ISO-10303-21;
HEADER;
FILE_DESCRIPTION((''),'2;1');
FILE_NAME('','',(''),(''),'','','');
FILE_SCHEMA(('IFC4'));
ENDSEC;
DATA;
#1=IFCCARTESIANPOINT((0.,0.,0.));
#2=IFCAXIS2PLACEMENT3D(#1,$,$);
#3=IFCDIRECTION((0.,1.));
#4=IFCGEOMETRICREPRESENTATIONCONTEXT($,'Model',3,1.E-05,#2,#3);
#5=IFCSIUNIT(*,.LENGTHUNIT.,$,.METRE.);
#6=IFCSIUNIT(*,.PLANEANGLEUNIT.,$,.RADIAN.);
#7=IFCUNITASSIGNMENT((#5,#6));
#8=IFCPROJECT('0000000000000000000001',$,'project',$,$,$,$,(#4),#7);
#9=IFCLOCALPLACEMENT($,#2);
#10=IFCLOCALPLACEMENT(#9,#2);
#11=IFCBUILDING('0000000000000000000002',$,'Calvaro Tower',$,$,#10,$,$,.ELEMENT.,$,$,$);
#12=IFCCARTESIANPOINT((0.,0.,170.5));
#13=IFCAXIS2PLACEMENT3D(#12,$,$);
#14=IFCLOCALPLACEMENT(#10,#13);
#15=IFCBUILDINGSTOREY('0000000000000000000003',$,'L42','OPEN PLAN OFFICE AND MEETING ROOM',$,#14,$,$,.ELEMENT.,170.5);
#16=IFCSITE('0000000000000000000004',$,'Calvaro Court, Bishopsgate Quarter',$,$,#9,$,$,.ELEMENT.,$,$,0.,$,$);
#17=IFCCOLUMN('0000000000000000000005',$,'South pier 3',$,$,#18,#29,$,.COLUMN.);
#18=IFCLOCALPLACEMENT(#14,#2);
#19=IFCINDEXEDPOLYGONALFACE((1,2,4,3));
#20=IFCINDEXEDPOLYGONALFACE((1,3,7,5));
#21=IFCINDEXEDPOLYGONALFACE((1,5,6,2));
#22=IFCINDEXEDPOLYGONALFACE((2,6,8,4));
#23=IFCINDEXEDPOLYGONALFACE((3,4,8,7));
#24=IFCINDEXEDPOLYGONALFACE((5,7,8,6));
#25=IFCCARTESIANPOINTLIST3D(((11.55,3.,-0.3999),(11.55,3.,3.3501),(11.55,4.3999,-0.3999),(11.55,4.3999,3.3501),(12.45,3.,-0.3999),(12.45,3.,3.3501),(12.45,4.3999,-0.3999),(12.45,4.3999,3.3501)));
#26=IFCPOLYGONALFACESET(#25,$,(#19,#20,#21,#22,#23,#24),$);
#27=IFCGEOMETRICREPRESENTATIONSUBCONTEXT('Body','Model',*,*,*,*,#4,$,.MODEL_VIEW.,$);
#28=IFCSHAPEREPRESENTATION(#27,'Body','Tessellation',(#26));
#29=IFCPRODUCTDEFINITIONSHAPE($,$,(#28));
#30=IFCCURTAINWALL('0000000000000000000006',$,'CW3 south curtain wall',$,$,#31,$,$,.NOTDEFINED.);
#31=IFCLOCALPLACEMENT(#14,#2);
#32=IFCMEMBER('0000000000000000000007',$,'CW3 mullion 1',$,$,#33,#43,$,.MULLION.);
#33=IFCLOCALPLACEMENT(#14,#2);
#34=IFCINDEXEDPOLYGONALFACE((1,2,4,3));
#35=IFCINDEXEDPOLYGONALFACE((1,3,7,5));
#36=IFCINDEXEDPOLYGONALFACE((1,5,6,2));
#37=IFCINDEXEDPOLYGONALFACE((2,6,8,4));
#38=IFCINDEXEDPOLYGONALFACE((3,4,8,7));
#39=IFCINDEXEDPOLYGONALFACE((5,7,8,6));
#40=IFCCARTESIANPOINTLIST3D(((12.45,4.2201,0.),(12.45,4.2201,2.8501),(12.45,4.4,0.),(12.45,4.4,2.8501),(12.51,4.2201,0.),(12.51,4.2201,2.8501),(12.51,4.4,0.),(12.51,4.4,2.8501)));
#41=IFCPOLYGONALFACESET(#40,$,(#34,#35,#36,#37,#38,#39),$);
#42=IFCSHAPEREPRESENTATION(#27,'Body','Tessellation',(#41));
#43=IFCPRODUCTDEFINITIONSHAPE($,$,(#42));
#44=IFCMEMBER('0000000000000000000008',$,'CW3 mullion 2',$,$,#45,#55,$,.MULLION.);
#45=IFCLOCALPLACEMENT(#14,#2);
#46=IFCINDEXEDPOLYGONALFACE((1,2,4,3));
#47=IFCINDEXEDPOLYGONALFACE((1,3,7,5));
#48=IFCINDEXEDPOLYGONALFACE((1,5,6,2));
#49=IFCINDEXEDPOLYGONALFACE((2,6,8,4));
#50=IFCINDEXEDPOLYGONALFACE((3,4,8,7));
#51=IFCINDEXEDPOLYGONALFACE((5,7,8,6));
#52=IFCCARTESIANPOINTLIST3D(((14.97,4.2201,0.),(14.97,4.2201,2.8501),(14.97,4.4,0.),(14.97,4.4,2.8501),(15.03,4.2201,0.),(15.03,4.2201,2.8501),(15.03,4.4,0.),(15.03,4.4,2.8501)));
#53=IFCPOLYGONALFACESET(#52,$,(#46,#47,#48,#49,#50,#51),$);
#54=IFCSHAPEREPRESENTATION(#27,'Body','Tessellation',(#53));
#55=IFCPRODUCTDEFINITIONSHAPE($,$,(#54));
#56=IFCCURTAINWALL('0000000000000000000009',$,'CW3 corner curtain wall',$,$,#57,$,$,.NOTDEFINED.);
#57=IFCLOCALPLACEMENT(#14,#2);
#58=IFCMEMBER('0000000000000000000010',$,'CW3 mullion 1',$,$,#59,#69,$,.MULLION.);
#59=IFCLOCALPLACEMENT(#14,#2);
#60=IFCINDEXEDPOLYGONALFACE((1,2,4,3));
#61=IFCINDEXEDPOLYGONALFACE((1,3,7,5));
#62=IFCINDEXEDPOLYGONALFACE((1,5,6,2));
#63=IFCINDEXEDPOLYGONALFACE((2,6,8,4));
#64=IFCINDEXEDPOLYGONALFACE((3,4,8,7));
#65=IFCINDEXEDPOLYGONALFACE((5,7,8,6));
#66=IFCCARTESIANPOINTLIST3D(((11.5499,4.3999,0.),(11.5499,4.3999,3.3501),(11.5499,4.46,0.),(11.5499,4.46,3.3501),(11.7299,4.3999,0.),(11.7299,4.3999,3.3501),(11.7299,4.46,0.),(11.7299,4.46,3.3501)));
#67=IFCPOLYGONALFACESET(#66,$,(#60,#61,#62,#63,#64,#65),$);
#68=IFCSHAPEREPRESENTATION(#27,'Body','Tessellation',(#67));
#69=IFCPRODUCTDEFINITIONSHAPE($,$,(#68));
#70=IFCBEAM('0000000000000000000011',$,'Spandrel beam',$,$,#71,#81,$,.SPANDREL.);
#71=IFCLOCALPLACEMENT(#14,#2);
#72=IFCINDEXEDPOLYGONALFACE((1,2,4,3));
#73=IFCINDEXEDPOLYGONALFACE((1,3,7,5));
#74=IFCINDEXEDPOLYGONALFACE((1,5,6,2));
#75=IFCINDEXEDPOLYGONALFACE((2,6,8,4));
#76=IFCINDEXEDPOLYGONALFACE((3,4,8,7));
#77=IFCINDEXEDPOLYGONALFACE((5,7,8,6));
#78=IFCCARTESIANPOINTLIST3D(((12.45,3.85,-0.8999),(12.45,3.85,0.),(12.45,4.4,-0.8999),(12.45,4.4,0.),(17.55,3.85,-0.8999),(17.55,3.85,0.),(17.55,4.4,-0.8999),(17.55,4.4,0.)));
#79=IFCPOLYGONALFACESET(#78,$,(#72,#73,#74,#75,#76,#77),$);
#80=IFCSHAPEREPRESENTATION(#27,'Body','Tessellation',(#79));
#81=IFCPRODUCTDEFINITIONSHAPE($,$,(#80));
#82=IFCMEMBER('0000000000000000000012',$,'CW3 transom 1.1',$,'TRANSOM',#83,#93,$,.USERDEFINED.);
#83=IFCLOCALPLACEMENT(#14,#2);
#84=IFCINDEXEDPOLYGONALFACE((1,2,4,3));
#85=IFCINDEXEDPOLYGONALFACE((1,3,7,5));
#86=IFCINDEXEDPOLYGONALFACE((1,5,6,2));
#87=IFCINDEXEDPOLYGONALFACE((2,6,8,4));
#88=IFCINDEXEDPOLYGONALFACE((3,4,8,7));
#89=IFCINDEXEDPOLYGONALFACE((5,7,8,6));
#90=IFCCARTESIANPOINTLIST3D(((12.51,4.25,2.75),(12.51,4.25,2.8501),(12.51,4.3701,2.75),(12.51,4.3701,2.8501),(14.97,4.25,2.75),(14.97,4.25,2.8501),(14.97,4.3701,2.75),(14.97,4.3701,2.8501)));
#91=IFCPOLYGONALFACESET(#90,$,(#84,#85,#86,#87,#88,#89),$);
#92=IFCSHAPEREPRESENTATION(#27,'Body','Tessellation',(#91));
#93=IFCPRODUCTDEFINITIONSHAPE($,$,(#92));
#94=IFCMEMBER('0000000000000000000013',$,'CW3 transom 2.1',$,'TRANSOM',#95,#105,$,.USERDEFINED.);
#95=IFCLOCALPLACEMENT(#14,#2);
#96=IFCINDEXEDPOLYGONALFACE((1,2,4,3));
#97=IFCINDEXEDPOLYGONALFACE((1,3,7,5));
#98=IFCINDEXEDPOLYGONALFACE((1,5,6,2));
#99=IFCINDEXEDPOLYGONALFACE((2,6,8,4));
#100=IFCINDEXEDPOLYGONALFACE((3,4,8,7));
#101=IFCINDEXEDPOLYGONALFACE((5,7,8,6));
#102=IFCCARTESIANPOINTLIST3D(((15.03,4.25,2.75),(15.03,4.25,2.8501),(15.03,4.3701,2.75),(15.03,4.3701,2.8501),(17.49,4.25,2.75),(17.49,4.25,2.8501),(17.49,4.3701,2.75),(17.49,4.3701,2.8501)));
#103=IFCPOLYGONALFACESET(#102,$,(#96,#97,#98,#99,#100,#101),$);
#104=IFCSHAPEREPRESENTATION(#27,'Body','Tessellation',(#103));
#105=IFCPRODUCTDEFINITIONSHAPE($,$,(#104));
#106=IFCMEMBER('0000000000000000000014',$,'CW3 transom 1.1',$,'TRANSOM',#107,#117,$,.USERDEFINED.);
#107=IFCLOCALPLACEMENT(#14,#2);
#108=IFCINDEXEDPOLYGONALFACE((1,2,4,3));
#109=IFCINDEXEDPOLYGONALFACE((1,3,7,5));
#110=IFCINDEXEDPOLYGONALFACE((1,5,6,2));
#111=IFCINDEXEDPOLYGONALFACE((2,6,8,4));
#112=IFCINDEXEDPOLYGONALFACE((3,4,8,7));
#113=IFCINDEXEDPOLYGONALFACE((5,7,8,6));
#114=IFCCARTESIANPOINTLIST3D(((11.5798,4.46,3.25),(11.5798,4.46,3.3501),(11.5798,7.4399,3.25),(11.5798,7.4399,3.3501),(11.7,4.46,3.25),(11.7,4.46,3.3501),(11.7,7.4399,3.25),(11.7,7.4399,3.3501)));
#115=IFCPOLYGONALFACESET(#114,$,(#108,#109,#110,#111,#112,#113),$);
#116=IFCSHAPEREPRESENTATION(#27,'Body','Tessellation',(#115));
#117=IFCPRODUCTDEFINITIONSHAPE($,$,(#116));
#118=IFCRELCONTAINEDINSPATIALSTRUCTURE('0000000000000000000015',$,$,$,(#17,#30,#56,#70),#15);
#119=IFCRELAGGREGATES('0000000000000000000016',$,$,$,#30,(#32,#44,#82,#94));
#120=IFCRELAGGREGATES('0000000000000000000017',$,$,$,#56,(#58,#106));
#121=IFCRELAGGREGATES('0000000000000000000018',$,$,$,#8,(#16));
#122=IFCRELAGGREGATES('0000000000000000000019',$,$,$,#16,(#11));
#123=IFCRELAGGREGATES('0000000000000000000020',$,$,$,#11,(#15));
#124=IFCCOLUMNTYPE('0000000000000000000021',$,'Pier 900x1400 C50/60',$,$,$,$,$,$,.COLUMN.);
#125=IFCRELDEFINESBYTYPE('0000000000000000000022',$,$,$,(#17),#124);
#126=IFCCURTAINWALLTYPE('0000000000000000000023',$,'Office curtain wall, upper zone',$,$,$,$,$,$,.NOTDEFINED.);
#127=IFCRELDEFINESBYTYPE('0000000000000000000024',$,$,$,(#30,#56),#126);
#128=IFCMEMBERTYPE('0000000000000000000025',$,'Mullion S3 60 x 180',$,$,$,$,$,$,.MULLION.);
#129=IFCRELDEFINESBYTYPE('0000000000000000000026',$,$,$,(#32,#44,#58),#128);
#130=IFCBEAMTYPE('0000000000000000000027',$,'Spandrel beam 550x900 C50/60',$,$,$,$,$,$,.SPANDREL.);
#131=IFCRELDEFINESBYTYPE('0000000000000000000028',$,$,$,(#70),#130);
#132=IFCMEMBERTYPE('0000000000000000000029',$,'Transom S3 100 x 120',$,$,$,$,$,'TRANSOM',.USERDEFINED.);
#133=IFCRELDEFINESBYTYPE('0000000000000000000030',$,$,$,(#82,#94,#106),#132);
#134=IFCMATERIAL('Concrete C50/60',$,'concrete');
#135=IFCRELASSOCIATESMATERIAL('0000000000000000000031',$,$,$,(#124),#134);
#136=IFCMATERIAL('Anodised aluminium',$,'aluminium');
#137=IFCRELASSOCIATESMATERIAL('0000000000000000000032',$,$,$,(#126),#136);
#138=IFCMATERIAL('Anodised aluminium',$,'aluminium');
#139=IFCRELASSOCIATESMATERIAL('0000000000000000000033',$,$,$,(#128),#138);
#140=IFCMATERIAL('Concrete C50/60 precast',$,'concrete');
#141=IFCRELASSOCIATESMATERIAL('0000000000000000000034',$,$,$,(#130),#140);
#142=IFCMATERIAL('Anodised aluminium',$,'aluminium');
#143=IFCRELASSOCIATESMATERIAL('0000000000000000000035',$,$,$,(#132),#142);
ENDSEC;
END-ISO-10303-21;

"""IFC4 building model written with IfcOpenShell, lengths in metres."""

from ifc_helpers import new_model, si_unit, direction, frame, origin, origin_2d, place, context, subcontext, project, spatial, rectangle, extrude, material, material_profile, profile_set, type_object, element, aggregate, save


model = new_model("IFC4")

# Units and contexts
model_context = context("Model", 3, precision=1e-05, world=origin(), true_north=direction((0.0, 1.0)))
body_context = subcontext(model_context, "Body", "Model", "MODEL_VIEW")
ifc_project = project(units=[si_unit("LENGTHUNIT", "METRE"), si_unit("PLANEANGLEUNIT", "RADIAN")], contexts=[model_context])

# Site, building, storey
site_placement = place(None, origin())
site = spatial("IfcSite", under=ifc_project, at=site_placement, Name="Calvaro Court, Bishopsgate Quarter", CompositionType="ELEMENT", RefElevation=0.0)
building_placement = place(site_placement, origin())
building = spatial("IfcBuilding", under=site, at=building_placement, Name="Calvaro Tower", CompositionType="ELEMENT")
storey_placement = place(building_placement, frame((0.0, 0.0, 170.5)))
storey = spatial("IfcBuildingStorey", under=building, at=storey_placement, Name="L42", Description="OPEN PLAN OFFICE AND MEETING ROOM", CompositionType="ELEMENT", Elevation=170.5)

# Column
ifc_material_1 = material(Name="Concrete C50/60", Category="concrete")
ifc_material_profile_1 = material_profile(ifc_material_1, rectangle(XDim=0.8999, YDim=1.3999, at=origin_2d()), Name="RC 900x1400")
ifc_profile_set_1 = profile_set([ifc_material_profile_1], Name="Concrete C50/60")
column_type = type_object("IfcColumnType", Name="Pier 900x1400 C50/60", PredefinedType="COLUMN", material=ifc_profile_set_1)
column_placement = place(storey_placement, frame((12.0, 3.7, -0.3999), z_axis=(0.0, 0.0, 1.0), x_axis=(1.0, 0.0, 0.0)))
element("IfcColumn", 1, at=column_placement, inside=storey, type_object=column_type, Name="South pier 3", PredefinedType="COLUMN", context=body_context, shape_type="SweptSolid", body=[
    extrude(rectangle(XDim=0.8999, YDim=1.3999, at=origin_2d()), origin(), (0.0, 0.0, 1.0), 3.75),
])

# Curtain wall, members
ifc_material_2 = material(Name="Anodised aluminium", Category="aluminium")
curtain_wall_type = type_object("IfcCurtainWallType", Name="Office curtain wall, upper zone", PredefinedType="NOTDEFINED", material=ifc_material_2)
curtain_wall_1_placement = place(storey_placement, origin())
curtain_wall_1 = element("IfcCurtainWall", 2, at=curtain_wall_1_placement, inside=storey, type_object=curtain_wall_type, Name="CW3 south curtain wall", PredefinedType="NOTDEFINED")
ifc_material_3 = material(Name="Anodised aluminium", Category="aluminium")
ifc_material_profile_2 = material_profile(ifc_material_3, rectangle(XDim=0.1799, YDim=0.0601, at=origin_2d()), Name="Mullion S3 60 x 180")
ifc_profile_set_2 = profile_set([ifc_material_profile_2], Name="Anodised aluminium")
member_type_1 = type_object("IfcMemberType", Name="Mullion S3 60 x 180", PredefinedType="MULLION", material=ifc_profile_set_2)
member_1_placement = place(storey_placement, frame((12.48, 4.3101, 0.0), z_axis=(0.0, 0.0, 1.0), x_axis=(0.0, 1.0, 0.0)))
member_1 = element("IfcMember", 3, at=member_1_placement, type_object=member_type_1, Name="CW3 mullion 1", PredefinedType="MULLION", context=body_context, shape_type="SweptSolid", body=[
    extrude(rectangle(XDim=0.1799, YDim=0.0601, at=origin_2d()), origin(), (0.0, 0.0, 1.0), 2.8501),
])
member_2_placement = place(storey_placement, frame((15.0, 4.3101, 0.0), z_axis=(0.0, 0.0, 1.0), x_axis=(0.0, 1.0, 0.0)))
member_2 = element("IfcMember", 4, at=member_2_placement, type_object=member_type_1, Name="CW3 mullion 2", PredefinedType="MULLION", context=body_context, shape_type="SweptSolid", body=[
    extrude(rectangle(XDim=0.1799, YDim=0.0601, at=origin_2d()), origin(), (0.0, 0.0, 1.0), 2.8501),
])

# Curtain wall, member
curtain_wall_2_placement = place(storey_placement, origin())
curtain_wall_2 = element("IfcCurtainWall", 5, at=curtain_wall_2_placement, inside=storey, type_object=curtain_wall_type, Name="CW3 corner curtain wall", PredefinedType="NOTDEFINED")
member_3_placement = place(storey_placement, frame((11.6399, 4.4299, 0.0), z_axis=(0.0, 0.0, 1.0), x_axis=(-1.0, 0.0, 0.0)))
member_3 = element("IfcMember", 6, at=member_3_placement, type_object=member_type_1, Name="CW3 mullion 1", PredefinedType="MULLION", context=body_context, shape_type="SweptSolid", body=[
    extrude(rectangle(XDim=0.1799, YDim=0.0601, at=origin_2d()), origin(), (0.0, 0.0, 1.0), 3.3501),
])

# Beam
ifc_material_4 = material(Name="Concrete C50/60 precast", Category="concrete")
ifc_material_profile_3 = material_profile(ifc_material_4, rectangle(XDim=0.55, YDim=0.8999, at=origin_2d()), Name="RC 550x900")
ifc_profile_set_3 = profile_set([ifc_material_profile_3], Name="Concrete C50/60 precast")
beam_type = type_object("IfcBeamType", Name="Spandrel beam 550x900 C50/60", PredefinedType="SPANDREL", material=ifc_profile_set_3)
beam_placement = place(storey_placement, frame((12.45, 4.125, -0.45), z_axis=(1.0, 0.0, 0.0), x_axis=(0.0, 1.0, 0.0)))
element("IfcBeam", 7, at=beam_placement, inside=storey, type_object=beam_type, Name="Spandrel beam", PredefinedType="SPANDREL", context=body_context, shape_type="SweptSolid", body=[
    extrude(rectangle(XDim=0.55, YDim=0.8999, at=origin_2d()), origin(), (0.0, 0.0, 1.0), 5.1001),
])

# Members
ifc_material_5 = material(Name="Anodised aluminium", Category="aluminium")
ifc_material_profile_4 = material_profile(ifc_material_5, rectangle(XDim=0.1201, YDim=0.1001, at=origin_2d()), Name="Transom S3 100 x 120")
ifc_profile_set_4 = profile_set([ifc_material_profile_4], Name="Anodised aluminium")
member_type_2 = type_object("IfcMemberType", Name="Transom S3 100 x 120", ElementType="TRANSOM", PredefinedType="USERDEFINED", material=ifc_profile_set_4)
member_4_placement = place(storey_placement, frame((12.51, 4.3101, 2.8), z_axis=(1.0, 0.0, 0.0), x_axis=(0.0, 1.0, 0.0)))
member_4 = element("IfcMember", 8, at=member_4_placement, type_object=member_type_2, Name="CW3 transom 1.1", ObjectType="TRANSOM", PredefinedType="USERDEFINED", context=body_context, shape_type="SweptSolid", body=[
    extrude(rectangle(XDim=0.1201, YDim=0.1001, at=origin_2d()), origin(), (0.0, 0.0, 1.0), 2.46),
])
member_5_placement = place(storey_placement, frame((15.03, 4.3101, 2.8), z_axis=(1.0, 0.0, 0.0), x_axis=(0.0, 1.0, 0.0)))
member_5 = element("IfcMember", 9, at=member_5_placement, type_object=member_type_2, Name="CW3 transom 2.1", ObjectType="TRANSOM", PredefinedType="USERDEFINED", context=body_context, shape_type="SweptSolid", body=[
    extrude(rectangle(XDim=0.1201, YDim=0.1001, at=origin_2d()), origin(), (0.0, 0.0, 1.0), 2.46),
])
member_6_placement = place(storey_placement, frame((11.6399, 4.46, 3.3), z_axis=(0.0, 1.0, 0.0), x_axis=(-1.0, 0.0, 0.0)))
member_6 = element("IfcMember", 10, at=member_6_placement, type_object=member_type_2, Name="CW3 transom 1.1", ObjectType="TRANSOM", PredefinedType="USERDEFINED", context=body_context, shape_type="SweptSolid", body=[
    extrude(rectangle(XDim=0.1201, YDim=0.1001, at=origin_2d()), origin(), (0.0, 0.0, 1.0), 2.98),
])

aggregate(curtain_wall_1, [member_1, member_2, member_4, member_5])
aggregate(curtain_wall_2, [member_3, member_6])

save(model, "model.ifc")
